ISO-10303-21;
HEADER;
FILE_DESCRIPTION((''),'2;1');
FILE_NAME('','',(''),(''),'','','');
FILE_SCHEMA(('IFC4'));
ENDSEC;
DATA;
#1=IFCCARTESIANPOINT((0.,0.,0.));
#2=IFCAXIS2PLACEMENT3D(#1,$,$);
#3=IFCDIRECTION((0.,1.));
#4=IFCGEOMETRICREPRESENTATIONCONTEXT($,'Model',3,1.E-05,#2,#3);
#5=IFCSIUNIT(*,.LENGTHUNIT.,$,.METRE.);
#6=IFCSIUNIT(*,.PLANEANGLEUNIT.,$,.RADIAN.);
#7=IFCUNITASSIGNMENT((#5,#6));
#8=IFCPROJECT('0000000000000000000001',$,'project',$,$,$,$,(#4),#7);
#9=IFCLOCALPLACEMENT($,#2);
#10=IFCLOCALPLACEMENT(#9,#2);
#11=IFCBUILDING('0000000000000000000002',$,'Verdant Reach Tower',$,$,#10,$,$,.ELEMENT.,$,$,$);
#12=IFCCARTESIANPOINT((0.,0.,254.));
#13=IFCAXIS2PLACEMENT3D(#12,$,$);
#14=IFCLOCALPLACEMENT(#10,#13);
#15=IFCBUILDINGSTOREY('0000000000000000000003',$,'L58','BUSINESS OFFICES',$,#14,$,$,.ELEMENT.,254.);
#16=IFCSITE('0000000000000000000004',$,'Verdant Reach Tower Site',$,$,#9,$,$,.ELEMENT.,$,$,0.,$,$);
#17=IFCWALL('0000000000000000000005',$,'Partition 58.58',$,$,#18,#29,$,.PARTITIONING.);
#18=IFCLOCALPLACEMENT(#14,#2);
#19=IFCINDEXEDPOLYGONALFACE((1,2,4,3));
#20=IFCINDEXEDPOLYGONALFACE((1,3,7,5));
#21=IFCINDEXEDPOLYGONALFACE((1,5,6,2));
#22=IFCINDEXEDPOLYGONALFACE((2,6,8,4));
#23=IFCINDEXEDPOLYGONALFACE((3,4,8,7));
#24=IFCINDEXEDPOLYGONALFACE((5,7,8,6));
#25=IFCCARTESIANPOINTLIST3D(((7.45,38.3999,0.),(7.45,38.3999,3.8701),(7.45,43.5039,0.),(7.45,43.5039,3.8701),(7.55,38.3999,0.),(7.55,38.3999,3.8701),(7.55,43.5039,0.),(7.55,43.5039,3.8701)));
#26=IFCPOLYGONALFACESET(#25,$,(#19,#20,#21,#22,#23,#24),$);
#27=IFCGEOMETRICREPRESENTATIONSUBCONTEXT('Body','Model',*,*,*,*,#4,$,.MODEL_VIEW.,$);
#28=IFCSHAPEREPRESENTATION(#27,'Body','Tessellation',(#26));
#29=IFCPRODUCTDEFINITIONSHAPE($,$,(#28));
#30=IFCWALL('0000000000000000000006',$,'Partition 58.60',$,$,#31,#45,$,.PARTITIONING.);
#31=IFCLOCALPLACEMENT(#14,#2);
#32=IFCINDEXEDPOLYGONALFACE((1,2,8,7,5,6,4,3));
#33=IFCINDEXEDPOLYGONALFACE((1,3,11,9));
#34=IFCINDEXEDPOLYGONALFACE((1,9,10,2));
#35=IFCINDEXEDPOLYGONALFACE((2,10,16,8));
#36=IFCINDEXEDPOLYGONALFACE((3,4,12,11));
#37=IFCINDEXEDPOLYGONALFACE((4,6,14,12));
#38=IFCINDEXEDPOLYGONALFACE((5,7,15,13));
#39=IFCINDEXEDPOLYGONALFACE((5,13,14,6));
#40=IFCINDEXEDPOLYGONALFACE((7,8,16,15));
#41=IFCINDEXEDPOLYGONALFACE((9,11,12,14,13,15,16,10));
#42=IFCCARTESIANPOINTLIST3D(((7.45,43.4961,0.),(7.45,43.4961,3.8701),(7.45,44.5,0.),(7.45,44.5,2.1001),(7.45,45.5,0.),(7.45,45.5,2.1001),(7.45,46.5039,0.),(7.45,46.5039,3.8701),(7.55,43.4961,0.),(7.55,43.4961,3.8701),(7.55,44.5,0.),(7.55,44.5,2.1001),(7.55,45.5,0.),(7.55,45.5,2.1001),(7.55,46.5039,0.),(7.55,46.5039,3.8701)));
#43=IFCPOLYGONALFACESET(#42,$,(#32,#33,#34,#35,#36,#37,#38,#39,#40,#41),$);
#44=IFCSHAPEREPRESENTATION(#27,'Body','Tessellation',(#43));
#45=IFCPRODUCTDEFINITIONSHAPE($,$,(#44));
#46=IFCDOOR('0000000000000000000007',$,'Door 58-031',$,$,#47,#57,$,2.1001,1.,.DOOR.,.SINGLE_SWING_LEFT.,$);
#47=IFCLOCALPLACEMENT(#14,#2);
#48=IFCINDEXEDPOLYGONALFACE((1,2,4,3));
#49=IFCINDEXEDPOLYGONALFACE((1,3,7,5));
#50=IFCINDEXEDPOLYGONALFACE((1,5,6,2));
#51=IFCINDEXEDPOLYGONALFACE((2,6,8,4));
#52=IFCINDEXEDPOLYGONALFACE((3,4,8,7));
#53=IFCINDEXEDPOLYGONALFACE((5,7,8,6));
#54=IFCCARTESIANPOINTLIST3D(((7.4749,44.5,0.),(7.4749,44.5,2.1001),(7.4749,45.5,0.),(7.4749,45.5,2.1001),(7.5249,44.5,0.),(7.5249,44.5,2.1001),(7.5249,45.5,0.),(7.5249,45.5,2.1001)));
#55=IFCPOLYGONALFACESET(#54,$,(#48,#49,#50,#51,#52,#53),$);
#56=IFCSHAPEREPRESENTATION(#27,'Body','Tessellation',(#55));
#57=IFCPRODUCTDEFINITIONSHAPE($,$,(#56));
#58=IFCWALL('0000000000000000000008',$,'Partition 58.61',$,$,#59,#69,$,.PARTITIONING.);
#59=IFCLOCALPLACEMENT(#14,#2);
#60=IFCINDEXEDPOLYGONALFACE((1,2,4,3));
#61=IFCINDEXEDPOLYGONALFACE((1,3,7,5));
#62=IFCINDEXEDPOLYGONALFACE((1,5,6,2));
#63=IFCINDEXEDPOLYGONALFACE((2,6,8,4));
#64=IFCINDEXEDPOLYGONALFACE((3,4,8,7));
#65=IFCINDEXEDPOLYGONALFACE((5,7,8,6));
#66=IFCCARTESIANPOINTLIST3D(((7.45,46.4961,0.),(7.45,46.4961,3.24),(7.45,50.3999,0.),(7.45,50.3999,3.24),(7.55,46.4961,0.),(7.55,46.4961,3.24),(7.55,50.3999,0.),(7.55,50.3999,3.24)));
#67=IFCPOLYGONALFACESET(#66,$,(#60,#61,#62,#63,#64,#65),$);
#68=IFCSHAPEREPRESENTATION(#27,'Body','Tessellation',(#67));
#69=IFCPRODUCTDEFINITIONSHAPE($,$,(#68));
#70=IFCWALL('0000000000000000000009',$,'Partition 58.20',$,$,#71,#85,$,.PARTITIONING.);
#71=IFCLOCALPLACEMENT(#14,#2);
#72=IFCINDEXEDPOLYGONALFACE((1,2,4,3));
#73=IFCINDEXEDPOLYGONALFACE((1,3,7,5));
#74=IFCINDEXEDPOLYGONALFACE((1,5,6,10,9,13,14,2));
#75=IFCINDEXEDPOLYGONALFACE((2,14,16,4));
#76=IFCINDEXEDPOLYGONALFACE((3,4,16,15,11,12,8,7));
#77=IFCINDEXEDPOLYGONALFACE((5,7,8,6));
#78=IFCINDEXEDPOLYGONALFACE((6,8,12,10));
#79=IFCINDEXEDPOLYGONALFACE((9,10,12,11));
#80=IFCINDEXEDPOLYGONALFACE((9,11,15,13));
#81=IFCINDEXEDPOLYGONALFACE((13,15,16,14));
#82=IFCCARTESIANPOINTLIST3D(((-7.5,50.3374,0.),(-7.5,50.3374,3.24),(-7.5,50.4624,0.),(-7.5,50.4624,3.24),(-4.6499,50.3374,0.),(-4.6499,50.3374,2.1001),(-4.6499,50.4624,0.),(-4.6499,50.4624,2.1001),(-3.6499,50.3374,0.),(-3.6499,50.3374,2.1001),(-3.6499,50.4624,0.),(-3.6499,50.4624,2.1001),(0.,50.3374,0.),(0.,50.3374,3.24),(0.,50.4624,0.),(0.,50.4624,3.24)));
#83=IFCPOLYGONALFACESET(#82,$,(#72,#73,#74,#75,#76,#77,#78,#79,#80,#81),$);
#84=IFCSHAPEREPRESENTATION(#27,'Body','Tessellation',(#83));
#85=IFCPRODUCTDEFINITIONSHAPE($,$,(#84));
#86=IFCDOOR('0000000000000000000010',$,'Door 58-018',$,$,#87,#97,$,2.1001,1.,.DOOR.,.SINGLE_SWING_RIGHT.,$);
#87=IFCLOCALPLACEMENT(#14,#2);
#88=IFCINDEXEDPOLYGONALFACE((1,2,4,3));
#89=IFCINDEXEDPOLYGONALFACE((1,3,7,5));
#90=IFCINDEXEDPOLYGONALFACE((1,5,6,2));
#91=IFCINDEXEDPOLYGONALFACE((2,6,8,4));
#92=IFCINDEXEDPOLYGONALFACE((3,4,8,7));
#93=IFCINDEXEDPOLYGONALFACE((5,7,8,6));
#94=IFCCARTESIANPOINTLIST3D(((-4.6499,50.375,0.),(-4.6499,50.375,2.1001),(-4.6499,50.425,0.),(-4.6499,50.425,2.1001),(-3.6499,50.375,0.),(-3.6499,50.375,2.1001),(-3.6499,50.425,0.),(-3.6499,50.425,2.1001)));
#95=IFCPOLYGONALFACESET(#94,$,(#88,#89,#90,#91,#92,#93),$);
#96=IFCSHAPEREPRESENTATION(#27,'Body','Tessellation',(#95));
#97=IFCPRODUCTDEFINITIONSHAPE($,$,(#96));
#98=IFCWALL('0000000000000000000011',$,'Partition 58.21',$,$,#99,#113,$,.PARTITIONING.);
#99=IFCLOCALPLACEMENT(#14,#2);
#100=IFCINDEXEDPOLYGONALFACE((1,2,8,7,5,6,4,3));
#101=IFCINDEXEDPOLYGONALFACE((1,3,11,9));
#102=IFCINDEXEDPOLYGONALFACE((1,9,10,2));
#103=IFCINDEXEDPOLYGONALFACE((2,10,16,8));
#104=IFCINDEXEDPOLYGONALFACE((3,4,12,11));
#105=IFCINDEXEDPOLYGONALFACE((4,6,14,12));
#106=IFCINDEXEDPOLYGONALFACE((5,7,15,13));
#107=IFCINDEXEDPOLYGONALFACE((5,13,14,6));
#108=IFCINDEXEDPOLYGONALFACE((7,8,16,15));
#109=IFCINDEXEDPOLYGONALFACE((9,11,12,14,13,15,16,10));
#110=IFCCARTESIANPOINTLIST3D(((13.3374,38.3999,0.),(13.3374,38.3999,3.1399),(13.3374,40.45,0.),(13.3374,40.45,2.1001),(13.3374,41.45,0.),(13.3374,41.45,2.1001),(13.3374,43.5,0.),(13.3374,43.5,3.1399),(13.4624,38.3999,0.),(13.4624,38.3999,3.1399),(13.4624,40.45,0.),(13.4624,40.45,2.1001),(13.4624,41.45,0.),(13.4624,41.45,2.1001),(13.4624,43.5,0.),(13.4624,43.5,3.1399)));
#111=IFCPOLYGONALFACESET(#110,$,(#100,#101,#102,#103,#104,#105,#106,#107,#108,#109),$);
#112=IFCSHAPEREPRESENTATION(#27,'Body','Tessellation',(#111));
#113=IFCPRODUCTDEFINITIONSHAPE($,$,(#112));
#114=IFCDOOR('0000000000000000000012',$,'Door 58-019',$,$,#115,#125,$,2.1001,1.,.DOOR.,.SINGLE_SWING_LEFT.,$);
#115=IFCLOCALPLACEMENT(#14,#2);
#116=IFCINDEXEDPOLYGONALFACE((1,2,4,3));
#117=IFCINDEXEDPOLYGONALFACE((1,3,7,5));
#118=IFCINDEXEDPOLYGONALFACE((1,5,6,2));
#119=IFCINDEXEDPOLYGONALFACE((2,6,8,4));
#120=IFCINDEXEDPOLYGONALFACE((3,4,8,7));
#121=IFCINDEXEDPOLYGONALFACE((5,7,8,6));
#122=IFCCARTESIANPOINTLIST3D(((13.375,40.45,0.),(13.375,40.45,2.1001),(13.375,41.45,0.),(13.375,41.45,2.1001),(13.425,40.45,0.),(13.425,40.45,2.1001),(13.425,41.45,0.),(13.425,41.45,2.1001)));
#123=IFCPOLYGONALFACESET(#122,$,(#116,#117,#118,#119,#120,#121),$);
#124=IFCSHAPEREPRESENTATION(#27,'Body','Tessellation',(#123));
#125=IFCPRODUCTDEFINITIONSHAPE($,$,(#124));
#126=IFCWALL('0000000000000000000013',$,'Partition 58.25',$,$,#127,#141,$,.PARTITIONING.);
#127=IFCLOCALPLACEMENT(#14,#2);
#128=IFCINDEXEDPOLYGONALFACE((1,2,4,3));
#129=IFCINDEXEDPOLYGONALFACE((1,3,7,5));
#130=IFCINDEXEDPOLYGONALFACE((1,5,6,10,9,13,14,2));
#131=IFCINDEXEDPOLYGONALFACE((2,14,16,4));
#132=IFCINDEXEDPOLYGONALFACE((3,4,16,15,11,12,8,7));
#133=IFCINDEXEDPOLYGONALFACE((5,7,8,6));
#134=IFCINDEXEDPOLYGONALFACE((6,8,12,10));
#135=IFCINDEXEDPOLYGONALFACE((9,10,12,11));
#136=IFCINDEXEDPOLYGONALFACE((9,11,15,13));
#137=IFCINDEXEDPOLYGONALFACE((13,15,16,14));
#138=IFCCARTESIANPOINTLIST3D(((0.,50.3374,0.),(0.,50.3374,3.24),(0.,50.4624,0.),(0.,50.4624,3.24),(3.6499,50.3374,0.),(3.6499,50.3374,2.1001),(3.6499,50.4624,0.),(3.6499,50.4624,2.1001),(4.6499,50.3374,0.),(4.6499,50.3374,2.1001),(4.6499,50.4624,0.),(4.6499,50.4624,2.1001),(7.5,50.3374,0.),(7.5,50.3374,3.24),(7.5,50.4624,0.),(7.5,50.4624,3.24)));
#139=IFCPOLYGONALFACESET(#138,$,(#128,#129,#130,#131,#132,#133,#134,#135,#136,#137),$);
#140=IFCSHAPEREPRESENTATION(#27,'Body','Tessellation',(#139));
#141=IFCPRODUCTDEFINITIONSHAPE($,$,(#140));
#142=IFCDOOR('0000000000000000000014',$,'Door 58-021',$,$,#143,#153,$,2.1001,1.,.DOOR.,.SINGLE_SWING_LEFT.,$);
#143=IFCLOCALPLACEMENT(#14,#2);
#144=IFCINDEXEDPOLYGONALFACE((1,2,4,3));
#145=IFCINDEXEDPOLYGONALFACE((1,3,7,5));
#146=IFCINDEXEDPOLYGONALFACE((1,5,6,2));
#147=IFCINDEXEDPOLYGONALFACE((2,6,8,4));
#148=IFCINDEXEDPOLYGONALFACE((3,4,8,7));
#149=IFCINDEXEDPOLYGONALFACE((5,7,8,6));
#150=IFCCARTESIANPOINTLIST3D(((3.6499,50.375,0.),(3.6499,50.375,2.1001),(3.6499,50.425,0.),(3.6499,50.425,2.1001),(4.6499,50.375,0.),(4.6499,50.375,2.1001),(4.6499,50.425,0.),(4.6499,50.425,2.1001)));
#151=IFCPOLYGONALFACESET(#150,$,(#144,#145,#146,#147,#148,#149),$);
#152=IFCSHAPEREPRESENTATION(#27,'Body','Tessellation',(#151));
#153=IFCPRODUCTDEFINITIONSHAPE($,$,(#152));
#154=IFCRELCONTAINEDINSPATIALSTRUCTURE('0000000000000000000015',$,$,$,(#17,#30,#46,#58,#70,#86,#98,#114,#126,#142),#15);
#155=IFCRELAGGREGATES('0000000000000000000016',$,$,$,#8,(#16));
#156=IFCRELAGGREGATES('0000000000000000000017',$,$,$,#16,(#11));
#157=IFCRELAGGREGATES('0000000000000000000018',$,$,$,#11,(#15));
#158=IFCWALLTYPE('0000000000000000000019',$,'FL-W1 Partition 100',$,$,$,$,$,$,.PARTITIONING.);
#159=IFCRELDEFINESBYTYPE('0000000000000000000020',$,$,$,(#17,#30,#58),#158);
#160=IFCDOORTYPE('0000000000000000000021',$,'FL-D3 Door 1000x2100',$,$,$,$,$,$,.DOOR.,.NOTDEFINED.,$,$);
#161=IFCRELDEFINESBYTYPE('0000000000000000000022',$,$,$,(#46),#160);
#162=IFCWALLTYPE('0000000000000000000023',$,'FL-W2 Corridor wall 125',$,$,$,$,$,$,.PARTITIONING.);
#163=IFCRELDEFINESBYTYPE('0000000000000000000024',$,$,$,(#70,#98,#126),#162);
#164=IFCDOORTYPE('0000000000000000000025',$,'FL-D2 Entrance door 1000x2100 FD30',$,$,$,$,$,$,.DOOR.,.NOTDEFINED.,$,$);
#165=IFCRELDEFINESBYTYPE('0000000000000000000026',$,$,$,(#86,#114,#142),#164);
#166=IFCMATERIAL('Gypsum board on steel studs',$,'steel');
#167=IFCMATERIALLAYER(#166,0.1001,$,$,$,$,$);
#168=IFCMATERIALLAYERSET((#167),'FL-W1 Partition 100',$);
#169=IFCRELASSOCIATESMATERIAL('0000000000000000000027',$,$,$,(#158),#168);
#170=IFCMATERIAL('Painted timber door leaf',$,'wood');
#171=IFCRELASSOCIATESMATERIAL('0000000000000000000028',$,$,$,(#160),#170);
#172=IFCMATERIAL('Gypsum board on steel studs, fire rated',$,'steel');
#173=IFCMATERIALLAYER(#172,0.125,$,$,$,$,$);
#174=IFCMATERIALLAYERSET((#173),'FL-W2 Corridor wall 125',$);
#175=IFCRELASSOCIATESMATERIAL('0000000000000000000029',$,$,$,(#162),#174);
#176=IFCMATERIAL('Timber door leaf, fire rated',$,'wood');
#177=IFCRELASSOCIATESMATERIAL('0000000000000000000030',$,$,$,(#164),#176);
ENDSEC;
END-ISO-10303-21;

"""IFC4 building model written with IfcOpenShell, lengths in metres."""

from ifc_helpers import new_model, si_unit, direction, frame, frame_2d, origin, place, context, subcontext, project, spatial, rectangle, extrude, material, layer, layer_set, type_object, element, fill, save


model = new_model("IFC4")

# Units and contexts
model_context = context("Model", 3, precision=1e-05, world=origin(), true_north=direction((0.0, 1.0)))
body_context = subcontext(model_context, "Body", "Model", "MODEL_VIEW")
ifc_project = project(units=[si_unit("LENGTHUNIT", "METRE"), si_unit("PLANEANGLEUNIT", "RADIAN")], contexts=[model_context])

# Site, building, storey
site_placement = place(None, origin())
site = spatial("IfcSite", under=ifc_project, at=site_placement, Name="Verdant Reach Tower Site", CompositionType="ELEMENT", RefElevation=0.0)
building_placement = place(site_placement, origin())
building = spatial("IfcBuilding", under=site, at=building_placement, Name="Verdant Reach Tower", CompositionType="ELEMENT")
storey_placement = place(building_placement, frame((0.0, 0.0, 254.0)))
storey = spatial("IfcBuildingStorey", under=building, at=storey_placement, Name="L58", Description="BUSINESS OFFICES", CompositionType="ELEMENT", Elevation=254.0)

# Wall
ifc_material_1 = material(Name="Gypsum board on steel studs", Category="steel")
ifc_layer_1 = layer(ifc_material_1, 0.1001)
ifc_layer_set_1 = layer_set([ifc_layer_1], Name="FL-W1 Partition 100")
wall_type_1 = type_object("IfcWallType", Name="FL-W1 Partition 100", PredefinedType="PARTITIONING", material=ifc_layer_set_1)
wall_1_placement = place(storey_placement, frame((7.5, 43.5039, 0.0), z_axis=(0.0, 0.0, 1.0), x_axis=(0.0, -1.0, 0.0)))
element("IfcWall", 1, at=wall_1_placement, inside=storey, type_object=wall_type_1, Name="Partition 58.58", PredefinedType="PARTITIONING", context=body_context, shape_type="SweptSolid", body=[
    extrude(rectangle(XDim=5.104, YDim=0.1001, at=frame_2d((2.552, 0.0))), origin(), (0.0, 0.0, 1.0), 3.8701),
])

# Wall, opening, door
wall_2_placement = place(storey_placement, frame((7.5, 46.5039, 0.0), z_axis=(0.0, 0.0, 1.0), x_axis=(0.0, -1.0, 0.0)))
wall_2 = element("IfcWall", 2, at=wall_2_placement, inside=storey, type_object=wall_type_1, Name="Partition 58.60", PredefinedType="PARTITIONING", context=body_context, shape_type="SweptSolid", body=[
    extrude(rectangle(XDim=3.0078, YDim=0.1001, at=frame_2d((1.5039, 0.0))), origin(), (0.0, 0.0, 1.0), 3.8701),
])
opening_1_placement = place(wall_2_placement, frame((1.0039, 0.0, 0.0)))
opening_1 = element("IfcOpeningElement", 3, at=opening_1_placement, cuts=wall_2, PredefinedType="OPENING", context=body_context, shape_type="SweptSolid", body=[
    extrude(rectangle(XDim=1.0, YDim=2.1001, at=frame_2d((0.5, 1.05))), frame((0.0, 0.0601, 0.0), z_axis=(0.0, -1.0, 0.0), x_axis=(1.0, 0.0, 0.0)), (0.0, 0.0, 1.0), 0.1201),
])
ifc_material_2 = material(Name="Painted timber door leaf", Category="wood")
door_type_1 = type_object("IfcDoorType", Name="FL-D3 Door 1000x2100", OperationType="NOTDEFINED", PredefinedType="DOOR", material=ifc_material_2)
door_1_placement = place(opening_1_placement, origin())
door_1 = element("IfcDoor", 4, at=door_1_placement, inside=storey, type_object=door_type_1, Name="Door 58-031", OperationType="SINGLE_SWING_LEFT", OverallHeight=2.1001, OverallWidth=1.0, PredefinedType="DOOR", context=body_context, shape_type="SweptSolid", body=[
    extrude(rectangle(XDim=1.0, YDim=2.1001, at=frame_2d((0.5, 1.05))), frame((0.0, 0.0249, 0.0), z_axis=(0.0, -1.0, 0.0), x_axis=(1.0, 0.0, 0.0)), (0.0, 0.0, 1.0), 0.05),
])
fill(opening_1, door_1)

# Wall
wall_3_placement = place(storey_placement, frame((7.5, 50.3999, 0.0), z_axis=(0.0, 0.0, 1.0), x_axis=(0.0, -1.0, 0.0)))
element("IfcWall", 5, at=wall_3_placement, inside=storey, type_object=wall_type_1, Name="Partition 58.61", PredefinedType="PARTITIONING", context=body_context, shape_type="SweptSolid", body=[
    extrude(rectangle(XDim=3.9038, YDim=0.1001, at=frame_2d((1.9519, 0.0))), origin(), (0.0, 0.0, 1.0), 3.24),
])

# Walls, openings, doors
ifc_material_3 = material(Name="Gypsum board on steel studs, fire rated", Category="steel")
ifc_layer_2 = layer(ifc_material_3, 0.125)
ifc_layer_set_2 = layer_set([ifc_layer_2], Name="FL-W2 Corridor wall 125")
wall_type_2 = type_object("IfcWallType", Name="FL-W2 Corridor wall 125", PredefinedType="PARTITIONING", material=ifc_layer_set_2)
wall_4_placement = place(storey_placement, frame((0.0, 50.3999, 0.0), z_axis=(0.0, 0.0, 1.0), x_axis=(-1.0, 0.0, 0.0)))
wall_4 = element("IfcWall", 6, at=wall_4_placement, inside=storey, type_object=wall_type_2, Name="Partition 58.20", PredefinedType="PARTITIONING", context=body_context, shape_type="SweptSolid", body=[
    extrude(rectangle(XDim=7.5, YDim=0.125, at=frame_2d((3.75, 0.0))), origin(), (0.0, 0.0, 1.0), 3.24),
])
opening_2_placement = place(wall_4_placement, frame((3.6499, 0.0, 0.0)))
opening_2 = element("IfcOpeningElement", 7, at=opening_2_placement, cuts=wall_4, PredefinedType="OPENING", context=body_context, shape_type="SweptSolid", body=[
    extrude(rectangle(XDim=1.0, YDim=2.1001, at=frame_2d((0.5, 1.05))), frame((0.0, 0.0725, 0.0), z_axis=(0.0, -1.0, 0.0), x_axis=(1.0, 0.0, 0.0)), (0.0, 0.0, 1.0), 0.145),
])
ifc_material_4 = material(Name="Timber door leaf, fire rated", Category="wood")
door_type_2 = type_object("IfcDoorType", Name="FL-D2 Entrance door 1000x2100 FD30", OperationType="NOTDEFINED", PredefinedType="DOOR", material=ifc_material_4)
door_2_placement = place(opening_2_placement, origin())
door_2 = element("IfcDoor", 8, at=door_2_placement, inside=storey, type_object=door_type_2, Name="Door 58-018", OperationType="SINGLE_SWING_RIGHT", OverallHeight=2.1001, OverallWidth=1.0, PredefinedType="DOOR", context=body_context, shape_type="SweptSolid", body=[
    extrude(rectangle(XDim=1.0, YDim=2.1001, at=frame_2d((0.5, 1.05))), frame((0.0, 0.0249, 0.0), z_axis=(0.0, -1.0, 0.0), x_axis=(1.0, 0.0, 0.0)), (0.0, 0.0, 1.0), 0.05),
])
fill(opening_2, door_2)
wall_5_placement = place(storey_placement, frame((13.3999, 38.3999, 0.0), z_axis=(0.0, 0.0, 1.0), x_axis=(0.0, 1.0, 0.0)))
wall_5 = element("IfcWall", 9, at=wall_5_placement, inside=storey, type_object=wall_type_2, Name="Partition 58.21", PredefinedType="PARTITIONING", context=body_context, shape_type="SweptSolid", body=[
    extrude(rectangle(XDim=5.1001, YDim=0.125, at=frame_2d((2.55, 0.0))), origin(), (0.0, 0.0, 1.0), 3.1399),
])
opening_3_placement = place(wall_5_placement, frame((2.05, 0.0, 0.0)))
opening_3 = element("IfcOpeningElement", 10, at=opening_3_placement, cuts=wall_5, PredefinedType="OPENING", context=body_context, shape_type="SweptSolid", body=[
    extrude(rectangle(XDim=1.0, YDim=2.1001, at=frame_2d((0.5, 1.05))), frame((0.0, 0.0725, 0.0), z_axis=(0.0, -1.0, 0.0), x_axis=(1.0, 0.0, 0.0)), (0.0, 0.0, 1.0), 0.145),
])
door_3_placement = place(opening_3_placement, origin())
door_3 = element("IfcDoor", 11, at=door_3_placement, inside=storey, type_object=door_type_2, Name="Door 58-019", OperationType="SINGLE_SWING_LEFT", OverallHeight=2.1001, OverallWidth=1.0, PredefinedType="DOOR", context=body_context, shape_type="SweptSolid", body=[
    extrude(rectangle(XDim=1.0, YDim=2.1001, at=frame_2d((0.5, 1.05))), frame((0.0, 0.0249, 0.0), z_axis=(0.0, -1.0, 0.0), x_axis=(1.0, 0.0, 0.0)), (0.0, 0.0, 1.0), 0.05),
])
fill(opening_3, door_3)
wall_6_placement = place(storey_placement, frame((7.5, 50.3999, 0.0), z_axis=(0.0, 0.0, 1.0), x_axis=(-1.0, 0.0, 0.0)))
wall_6 = element("IfcWall", 12, at=wall_6_placement, inside=storey, type_object=wall_type_2, Name="Partition 58.25", PredefinedType="PARTITIONING", context=body_context, shape_type="SweptSolid", body=[
    extrude(rectangle(XDim=7.5, YDim=0.125, at=frame_2d((3.75, 0.0))), origin(), (0.0, 0.0, 1.0), 3.24),
])
opening_4_placement = place(wall_6_placement, frame((2.8501, 0.0, 0.0)))
opening_4 = element("IfcOpeningElement", 13, at=opening_4_placement, cuts=wall_6, PredefinedType="OPENING", context=body_context, shape_type="SweptSolid", body=[
    extrude(rectangle(XDim=1.0, YDim=2.1001, at=frame_2d((0.5, 1.05))), frame((0.0, 0.0725, 0.0), z_axis=(0.0, -1.0, 0.0), x_axis=(1.0, 0.0, 0.0)), (0.0, 0.0, 1.0), 0.145),
])
door_4_placement = place(opening_4_placement, origin())
door_4 = element("IfcDoor", 14, at=door_4_placement, inside=storey, type_object=door_type_2, Name="Door 58-021", OperationType="SINGLE_SWING_LEFT", OverallHeight=2.1001, OverallWidth=1.0, PredefinedType="DOOR", context=body_context, shape_type="SweptSolid", body=[
    extrude(rectangle(XDim=1.0, YDim=2.1001, at=frame_2d((0.5, 1.05))), frame((0.0, 0.0249, 0.0), z_axis=(0.0, -1.0, 0.0), x_axis=(1.0, 0.0, 0.0)), (0.0, 0.0, 1.0), 0.05),
])
fill(opening_4, door_4)

save(model, "model.ifc")
